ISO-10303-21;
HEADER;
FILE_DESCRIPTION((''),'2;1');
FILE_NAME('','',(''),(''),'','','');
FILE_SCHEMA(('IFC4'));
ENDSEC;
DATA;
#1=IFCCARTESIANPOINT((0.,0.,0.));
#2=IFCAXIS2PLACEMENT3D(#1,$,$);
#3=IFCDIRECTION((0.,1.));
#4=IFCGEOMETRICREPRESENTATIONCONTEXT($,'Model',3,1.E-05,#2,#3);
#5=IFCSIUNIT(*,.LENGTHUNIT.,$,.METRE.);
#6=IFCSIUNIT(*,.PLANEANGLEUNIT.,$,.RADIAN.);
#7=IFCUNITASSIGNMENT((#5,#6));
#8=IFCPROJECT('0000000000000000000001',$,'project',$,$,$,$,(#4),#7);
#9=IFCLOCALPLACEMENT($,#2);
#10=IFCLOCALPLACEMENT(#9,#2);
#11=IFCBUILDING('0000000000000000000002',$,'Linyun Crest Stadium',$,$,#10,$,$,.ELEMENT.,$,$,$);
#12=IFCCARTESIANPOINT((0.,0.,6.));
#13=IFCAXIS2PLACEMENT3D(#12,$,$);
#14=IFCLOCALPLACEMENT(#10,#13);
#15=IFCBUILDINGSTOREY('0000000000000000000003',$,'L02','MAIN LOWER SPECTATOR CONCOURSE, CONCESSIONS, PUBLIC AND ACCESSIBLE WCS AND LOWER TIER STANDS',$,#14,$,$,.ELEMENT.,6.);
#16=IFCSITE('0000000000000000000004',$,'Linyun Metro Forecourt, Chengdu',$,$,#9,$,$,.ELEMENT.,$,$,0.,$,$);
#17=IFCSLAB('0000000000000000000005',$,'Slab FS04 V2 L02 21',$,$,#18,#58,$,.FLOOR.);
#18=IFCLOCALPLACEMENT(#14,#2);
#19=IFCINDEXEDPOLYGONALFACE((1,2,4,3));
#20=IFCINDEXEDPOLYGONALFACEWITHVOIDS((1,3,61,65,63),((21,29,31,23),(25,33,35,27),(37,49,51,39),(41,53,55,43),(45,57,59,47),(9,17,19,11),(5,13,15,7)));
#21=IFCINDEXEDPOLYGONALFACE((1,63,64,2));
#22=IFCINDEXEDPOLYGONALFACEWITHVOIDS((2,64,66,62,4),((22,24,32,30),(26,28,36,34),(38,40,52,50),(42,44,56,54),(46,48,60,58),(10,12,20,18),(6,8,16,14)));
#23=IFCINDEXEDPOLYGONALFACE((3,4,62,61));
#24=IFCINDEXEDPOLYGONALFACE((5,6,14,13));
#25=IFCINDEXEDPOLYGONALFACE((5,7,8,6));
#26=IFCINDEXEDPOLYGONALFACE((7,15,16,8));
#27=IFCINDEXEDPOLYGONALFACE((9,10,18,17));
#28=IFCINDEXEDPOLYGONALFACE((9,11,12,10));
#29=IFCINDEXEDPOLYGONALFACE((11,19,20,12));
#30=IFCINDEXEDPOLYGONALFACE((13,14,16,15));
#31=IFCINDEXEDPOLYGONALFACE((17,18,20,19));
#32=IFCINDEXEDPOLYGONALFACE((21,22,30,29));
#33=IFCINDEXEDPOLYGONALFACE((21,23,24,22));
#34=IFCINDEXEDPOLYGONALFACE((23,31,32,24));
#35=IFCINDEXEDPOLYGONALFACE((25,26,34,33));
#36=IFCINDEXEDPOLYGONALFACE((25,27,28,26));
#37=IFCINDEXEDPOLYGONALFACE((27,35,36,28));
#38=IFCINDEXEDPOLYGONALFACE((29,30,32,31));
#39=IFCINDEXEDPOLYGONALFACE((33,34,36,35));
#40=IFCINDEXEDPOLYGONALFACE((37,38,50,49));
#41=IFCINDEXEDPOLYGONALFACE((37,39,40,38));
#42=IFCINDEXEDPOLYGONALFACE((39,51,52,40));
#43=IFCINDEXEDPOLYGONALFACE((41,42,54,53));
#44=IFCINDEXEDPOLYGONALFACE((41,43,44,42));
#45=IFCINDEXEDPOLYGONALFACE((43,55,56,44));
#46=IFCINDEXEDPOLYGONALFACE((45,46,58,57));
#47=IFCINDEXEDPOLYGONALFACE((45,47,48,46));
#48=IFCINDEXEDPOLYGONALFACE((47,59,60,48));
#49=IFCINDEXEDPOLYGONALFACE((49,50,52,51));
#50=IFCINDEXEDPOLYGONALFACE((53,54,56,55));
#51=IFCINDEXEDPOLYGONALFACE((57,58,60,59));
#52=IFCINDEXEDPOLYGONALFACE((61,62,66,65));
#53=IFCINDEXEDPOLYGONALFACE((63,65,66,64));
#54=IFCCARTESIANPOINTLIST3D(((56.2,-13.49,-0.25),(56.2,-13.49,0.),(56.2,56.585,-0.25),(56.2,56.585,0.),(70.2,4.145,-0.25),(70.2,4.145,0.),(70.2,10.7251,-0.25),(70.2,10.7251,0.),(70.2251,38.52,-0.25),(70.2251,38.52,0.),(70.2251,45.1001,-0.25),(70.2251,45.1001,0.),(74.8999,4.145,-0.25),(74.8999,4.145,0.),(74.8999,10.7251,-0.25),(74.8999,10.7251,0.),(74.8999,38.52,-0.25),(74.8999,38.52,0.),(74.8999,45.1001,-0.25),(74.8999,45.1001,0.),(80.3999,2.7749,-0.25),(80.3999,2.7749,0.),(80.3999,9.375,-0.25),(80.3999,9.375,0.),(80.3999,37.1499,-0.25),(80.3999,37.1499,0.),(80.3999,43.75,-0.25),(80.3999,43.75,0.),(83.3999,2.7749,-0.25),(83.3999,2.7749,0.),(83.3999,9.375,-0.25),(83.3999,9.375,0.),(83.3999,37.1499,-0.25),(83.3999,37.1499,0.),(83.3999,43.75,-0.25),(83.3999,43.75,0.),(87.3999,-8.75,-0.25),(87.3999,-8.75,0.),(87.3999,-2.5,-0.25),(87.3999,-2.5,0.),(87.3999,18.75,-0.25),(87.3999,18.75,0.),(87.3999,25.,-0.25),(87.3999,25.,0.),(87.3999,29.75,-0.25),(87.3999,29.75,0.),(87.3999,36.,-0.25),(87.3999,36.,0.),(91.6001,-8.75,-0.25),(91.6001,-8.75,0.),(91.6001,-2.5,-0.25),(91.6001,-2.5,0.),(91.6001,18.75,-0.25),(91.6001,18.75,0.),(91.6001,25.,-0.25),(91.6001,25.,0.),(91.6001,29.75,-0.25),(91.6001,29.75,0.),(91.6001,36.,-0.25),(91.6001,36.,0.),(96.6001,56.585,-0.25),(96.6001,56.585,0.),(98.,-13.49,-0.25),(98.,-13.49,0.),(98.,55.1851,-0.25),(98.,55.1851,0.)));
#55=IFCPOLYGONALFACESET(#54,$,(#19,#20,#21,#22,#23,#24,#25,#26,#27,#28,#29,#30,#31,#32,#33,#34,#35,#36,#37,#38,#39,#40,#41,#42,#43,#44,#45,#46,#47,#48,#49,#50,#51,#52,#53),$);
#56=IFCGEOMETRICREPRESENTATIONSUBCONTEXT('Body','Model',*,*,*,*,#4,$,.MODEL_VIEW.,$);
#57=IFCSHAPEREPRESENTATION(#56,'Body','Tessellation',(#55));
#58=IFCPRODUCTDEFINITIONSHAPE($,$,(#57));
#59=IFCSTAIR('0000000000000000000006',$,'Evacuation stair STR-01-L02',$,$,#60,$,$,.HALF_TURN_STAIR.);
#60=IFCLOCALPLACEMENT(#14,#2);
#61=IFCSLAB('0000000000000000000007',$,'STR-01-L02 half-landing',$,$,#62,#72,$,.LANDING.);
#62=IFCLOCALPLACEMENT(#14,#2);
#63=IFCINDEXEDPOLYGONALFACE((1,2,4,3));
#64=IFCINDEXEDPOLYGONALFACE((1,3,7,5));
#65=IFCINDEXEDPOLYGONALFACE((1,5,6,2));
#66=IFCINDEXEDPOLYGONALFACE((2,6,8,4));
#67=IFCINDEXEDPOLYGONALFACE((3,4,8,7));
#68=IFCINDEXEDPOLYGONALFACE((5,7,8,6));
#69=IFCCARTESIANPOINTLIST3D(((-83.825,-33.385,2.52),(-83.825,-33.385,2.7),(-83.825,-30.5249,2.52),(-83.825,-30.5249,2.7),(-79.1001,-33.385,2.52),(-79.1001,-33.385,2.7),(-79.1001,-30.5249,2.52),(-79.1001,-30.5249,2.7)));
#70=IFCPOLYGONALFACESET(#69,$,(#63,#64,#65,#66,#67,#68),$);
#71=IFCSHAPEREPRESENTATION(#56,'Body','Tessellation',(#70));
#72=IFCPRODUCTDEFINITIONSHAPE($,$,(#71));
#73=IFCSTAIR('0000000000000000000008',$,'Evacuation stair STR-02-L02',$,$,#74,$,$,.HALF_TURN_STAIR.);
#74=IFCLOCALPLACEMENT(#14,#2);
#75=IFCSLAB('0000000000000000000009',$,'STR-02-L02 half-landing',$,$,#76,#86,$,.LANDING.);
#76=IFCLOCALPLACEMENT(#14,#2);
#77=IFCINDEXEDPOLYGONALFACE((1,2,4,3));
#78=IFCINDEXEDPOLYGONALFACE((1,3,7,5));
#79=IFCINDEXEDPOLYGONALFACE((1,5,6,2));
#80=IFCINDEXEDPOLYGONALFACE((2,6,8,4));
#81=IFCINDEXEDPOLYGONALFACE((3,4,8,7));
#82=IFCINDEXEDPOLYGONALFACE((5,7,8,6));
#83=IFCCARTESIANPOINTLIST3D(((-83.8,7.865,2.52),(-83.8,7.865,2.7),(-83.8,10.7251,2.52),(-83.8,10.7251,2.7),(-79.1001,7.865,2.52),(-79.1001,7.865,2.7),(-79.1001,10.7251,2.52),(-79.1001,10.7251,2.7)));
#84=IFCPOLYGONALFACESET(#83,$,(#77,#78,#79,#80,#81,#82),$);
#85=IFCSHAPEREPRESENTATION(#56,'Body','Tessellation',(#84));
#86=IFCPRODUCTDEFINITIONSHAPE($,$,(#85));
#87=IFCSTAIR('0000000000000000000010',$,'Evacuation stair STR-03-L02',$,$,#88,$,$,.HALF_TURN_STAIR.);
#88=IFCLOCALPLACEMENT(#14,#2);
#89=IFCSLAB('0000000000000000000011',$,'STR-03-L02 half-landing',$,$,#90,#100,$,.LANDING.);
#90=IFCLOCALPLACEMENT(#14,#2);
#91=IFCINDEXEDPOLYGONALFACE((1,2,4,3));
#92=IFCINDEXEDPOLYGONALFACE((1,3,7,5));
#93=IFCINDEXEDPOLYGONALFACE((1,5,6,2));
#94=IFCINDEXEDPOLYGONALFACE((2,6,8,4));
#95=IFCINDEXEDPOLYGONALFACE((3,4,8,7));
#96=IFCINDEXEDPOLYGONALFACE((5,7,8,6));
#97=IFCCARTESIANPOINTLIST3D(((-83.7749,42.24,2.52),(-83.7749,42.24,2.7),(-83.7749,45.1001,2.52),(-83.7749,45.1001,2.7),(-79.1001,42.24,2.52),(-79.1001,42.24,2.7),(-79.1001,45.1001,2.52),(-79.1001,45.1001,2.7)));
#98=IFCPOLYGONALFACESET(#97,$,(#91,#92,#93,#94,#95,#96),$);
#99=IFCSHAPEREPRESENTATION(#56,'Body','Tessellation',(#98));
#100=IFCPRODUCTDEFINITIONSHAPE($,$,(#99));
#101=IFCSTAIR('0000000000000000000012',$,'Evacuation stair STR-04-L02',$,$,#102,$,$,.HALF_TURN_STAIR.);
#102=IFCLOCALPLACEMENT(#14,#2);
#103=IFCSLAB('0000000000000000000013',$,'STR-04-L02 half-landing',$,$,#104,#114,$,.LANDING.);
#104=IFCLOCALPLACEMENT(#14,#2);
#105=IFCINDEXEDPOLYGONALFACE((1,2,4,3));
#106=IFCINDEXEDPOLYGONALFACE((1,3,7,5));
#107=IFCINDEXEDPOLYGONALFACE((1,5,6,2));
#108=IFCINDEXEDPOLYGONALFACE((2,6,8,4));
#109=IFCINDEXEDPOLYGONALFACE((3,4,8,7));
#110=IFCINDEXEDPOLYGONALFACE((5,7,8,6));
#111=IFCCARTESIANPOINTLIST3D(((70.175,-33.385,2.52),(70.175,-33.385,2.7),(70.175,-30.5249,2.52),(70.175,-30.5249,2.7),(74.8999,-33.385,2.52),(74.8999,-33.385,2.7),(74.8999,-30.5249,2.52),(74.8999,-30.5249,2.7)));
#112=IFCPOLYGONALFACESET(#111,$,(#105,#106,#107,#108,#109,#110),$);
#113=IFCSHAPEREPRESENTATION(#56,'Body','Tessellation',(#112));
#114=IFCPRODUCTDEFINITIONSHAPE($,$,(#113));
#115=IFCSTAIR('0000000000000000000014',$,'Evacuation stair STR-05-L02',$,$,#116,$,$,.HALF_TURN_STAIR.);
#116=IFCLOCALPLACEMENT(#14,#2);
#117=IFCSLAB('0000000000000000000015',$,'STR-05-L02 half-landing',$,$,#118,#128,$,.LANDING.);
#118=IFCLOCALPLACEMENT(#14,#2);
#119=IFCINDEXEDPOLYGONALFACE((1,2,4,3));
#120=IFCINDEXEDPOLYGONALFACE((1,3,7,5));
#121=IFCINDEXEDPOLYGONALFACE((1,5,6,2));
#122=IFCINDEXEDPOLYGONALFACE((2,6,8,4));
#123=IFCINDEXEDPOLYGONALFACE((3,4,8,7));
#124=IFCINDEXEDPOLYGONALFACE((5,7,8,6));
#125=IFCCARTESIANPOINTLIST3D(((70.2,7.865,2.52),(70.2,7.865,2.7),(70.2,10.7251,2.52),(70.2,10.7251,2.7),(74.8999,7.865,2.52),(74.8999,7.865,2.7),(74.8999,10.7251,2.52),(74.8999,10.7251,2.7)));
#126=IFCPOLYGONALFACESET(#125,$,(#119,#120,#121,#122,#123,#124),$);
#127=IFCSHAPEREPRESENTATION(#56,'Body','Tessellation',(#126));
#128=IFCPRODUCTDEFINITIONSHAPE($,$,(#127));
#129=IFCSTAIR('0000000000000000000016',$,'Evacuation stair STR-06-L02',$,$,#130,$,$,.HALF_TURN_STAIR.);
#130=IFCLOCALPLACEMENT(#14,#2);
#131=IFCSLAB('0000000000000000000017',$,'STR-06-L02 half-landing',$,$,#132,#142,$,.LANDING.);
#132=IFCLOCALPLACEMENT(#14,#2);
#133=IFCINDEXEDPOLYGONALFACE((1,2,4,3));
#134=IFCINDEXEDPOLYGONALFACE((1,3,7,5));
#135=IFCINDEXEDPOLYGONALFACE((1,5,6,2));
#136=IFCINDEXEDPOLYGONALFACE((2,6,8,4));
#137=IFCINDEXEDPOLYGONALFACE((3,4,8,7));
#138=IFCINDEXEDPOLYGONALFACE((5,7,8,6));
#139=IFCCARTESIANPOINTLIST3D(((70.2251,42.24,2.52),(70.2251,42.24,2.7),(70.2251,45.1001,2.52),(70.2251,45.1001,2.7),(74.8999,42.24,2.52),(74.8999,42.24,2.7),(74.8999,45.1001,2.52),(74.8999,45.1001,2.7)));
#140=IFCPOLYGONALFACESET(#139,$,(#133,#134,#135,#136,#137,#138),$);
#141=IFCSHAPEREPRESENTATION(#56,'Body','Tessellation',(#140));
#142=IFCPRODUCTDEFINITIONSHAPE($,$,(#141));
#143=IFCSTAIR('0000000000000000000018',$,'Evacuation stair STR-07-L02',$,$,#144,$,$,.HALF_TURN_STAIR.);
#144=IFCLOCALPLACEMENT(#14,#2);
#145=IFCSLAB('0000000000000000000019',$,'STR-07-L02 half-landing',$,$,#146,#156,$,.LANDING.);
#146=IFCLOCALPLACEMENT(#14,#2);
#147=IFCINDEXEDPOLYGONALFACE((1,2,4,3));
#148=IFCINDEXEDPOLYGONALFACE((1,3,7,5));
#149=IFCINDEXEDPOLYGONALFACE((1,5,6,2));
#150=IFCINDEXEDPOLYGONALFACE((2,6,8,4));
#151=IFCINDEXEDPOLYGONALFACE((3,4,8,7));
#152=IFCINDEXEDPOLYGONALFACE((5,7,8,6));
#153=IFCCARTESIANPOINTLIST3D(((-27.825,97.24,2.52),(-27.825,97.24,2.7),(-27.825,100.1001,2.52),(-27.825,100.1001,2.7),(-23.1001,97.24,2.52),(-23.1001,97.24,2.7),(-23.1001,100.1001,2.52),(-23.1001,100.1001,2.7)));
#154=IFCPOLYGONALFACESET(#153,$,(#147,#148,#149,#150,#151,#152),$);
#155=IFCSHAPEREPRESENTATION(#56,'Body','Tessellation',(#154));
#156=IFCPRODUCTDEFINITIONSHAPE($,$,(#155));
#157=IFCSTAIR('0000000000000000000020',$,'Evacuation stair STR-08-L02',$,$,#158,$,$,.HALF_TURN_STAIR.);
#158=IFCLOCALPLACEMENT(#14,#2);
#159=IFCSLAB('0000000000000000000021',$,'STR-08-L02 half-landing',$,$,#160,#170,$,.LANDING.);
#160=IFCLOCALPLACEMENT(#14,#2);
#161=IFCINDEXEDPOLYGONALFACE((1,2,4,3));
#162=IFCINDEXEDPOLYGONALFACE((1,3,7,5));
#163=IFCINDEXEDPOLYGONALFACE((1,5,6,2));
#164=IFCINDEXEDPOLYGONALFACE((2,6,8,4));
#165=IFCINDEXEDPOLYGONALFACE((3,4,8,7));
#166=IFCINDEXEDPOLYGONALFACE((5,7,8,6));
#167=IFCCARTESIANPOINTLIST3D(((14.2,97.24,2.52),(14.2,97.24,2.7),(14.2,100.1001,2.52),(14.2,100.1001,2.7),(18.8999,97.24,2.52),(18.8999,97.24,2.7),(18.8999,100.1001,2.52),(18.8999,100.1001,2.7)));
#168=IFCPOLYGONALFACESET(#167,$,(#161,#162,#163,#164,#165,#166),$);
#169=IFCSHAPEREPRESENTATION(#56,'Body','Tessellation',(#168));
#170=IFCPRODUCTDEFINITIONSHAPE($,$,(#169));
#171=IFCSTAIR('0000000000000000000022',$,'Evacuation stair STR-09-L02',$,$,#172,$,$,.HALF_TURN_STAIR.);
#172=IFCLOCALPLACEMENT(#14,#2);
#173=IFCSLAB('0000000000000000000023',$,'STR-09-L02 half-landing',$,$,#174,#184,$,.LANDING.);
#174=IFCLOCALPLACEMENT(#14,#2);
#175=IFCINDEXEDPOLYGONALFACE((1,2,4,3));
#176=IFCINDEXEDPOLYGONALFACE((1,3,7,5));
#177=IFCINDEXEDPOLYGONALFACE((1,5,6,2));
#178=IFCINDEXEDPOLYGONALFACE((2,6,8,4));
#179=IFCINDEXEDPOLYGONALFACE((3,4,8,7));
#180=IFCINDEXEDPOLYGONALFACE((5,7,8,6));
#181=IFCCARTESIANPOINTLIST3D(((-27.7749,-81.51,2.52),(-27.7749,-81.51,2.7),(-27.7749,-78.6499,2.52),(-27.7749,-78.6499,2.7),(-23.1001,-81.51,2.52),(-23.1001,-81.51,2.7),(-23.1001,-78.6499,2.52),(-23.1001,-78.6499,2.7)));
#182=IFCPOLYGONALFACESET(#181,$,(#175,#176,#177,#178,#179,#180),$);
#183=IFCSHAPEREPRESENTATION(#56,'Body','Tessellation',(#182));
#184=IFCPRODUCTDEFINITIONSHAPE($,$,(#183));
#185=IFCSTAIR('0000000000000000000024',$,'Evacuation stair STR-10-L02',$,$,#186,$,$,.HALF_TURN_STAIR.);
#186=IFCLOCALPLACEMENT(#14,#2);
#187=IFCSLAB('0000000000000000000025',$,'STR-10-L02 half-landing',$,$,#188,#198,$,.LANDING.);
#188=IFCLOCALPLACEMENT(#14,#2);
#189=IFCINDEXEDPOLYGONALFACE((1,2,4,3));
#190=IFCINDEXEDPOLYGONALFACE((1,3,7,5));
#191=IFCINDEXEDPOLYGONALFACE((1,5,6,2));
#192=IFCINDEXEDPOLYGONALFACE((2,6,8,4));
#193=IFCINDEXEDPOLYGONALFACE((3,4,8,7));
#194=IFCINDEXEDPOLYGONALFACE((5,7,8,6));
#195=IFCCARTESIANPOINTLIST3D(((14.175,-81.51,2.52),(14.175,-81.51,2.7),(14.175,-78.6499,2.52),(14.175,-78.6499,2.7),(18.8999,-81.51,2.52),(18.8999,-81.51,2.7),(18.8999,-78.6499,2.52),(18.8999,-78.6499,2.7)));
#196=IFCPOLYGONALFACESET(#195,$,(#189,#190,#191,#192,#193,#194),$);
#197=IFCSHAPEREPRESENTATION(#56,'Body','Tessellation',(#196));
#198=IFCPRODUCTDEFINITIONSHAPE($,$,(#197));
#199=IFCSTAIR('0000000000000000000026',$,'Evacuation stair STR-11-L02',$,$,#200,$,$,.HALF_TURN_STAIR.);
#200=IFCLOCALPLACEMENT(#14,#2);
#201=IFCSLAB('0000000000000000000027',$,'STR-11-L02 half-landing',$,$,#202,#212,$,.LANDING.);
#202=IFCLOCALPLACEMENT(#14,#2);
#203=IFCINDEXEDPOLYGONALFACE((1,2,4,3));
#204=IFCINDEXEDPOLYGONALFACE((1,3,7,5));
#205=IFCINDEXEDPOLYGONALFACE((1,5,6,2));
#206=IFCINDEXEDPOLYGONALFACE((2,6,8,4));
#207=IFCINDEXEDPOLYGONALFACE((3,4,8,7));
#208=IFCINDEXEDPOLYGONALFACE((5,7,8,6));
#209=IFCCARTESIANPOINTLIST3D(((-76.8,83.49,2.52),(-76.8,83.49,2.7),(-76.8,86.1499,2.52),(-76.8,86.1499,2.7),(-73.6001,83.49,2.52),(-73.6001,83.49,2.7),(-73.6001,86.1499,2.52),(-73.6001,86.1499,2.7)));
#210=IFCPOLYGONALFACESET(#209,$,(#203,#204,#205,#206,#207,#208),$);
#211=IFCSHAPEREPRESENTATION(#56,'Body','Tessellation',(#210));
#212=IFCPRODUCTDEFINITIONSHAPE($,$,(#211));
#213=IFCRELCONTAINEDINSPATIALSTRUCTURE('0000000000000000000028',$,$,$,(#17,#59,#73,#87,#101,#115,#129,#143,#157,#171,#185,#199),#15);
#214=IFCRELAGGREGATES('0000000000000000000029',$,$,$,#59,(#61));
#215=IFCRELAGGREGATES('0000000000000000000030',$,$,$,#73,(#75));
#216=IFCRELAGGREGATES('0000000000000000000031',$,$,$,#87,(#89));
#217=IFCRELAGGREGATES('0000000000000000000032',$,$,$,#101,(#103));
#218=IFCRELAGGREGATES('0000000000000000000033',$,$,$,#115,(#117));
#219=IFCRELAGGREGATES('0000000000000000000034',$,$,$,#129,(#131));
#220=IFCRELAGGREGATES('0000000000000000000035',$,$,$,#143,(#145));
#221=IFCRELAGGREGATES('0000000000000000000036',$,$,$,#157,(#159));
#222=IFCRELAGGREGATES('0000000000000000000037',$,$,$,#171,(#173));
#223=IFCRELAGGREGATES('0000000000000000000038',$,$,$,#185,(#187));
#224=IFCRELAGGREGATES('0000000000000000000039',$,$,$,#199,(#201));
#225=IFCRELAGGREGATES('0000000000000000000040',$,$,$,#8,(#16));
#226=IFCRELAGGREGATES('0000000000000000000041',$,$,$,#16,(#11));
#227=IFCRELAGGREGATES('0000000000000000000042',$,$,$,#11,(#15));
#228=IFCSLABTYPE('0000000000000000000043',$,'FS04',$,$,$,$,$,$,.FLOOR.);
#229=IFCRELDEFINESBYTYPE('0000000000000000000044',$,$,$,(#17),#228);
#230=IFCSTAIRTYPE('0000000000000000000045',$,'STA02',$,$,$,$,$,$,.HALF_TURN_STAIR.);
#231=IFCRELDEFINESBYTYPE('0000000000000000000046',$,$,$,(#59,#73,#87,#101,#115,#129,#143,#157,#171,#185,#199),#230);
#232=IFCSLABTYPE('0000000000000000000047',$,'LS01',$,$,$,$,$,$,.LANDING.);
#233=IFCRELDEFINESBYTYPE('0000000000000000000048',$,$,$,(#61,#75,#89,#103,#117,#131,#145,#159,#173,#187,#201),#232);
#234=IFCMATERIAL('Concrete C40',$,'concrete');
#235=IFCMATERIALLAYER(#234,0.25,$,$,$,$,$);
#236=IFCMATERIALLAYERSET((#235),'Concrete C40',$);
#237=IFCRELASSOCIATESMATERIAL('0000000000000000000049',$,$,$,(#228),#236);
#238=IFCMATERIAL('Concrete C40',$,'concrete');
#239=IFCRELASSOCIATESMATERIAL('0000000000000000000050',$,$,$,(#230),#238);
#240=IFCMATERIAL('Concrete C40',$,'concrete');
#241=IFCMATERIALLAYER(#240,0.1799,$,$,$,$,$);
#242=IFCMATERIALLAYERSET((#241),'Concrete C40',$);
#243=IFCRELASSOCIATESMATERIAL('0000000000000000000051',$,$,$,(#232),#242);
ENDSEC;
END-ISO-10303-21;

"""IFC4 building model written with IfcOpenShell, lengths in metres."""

from ifc_helpers import new_model, si_unit, direction, frame, origin, place, context, subcontext, project, spatial, polyline, outline, extrude, material, layer, layer_set, type_object, element, aggregate, save


model = new_model("IFC4")

# Units and contexts
model_context = context("Model", 3, precision=1e-05, world=origin(), true_north=direction((0.0, 1.0)))
body_context = subcontext(model_context, "Body", "Model", "MODEL_VIEW")
ifc_project = project(units=[si_unit("LENGTHUNIT", "METRE"), si_unit("PLANEANGLEUNIT", "RADIAN")], contexts=[model_context])

# Site, building, storey
site_placement = place(None, origin())
site = spatial("IfcSite", under=ifc_project, at=site_placement, Name="Linyun Metro Forecourt, Chengdu", CompositionType="ELEMENT", RefElevation=0.0)
building_placement = place(site_placement, origin())
building = spatial("IfcBuilding", under=site, at=building_placement, Name="Linyun Crest Stadium", CompositionType="ELEMENT")
storey_placement = place(building_placement, frame((0.0, 0.0, 6.0)))
storey = spatial("IfcBuildingStorey", under=building, at=storey_placement, Name="L02", Description="MAIN LOWER SPECTATOR CONCOURSE, CONCESSIONS, PUBLIC AND ACCESSIBLE WCS AND LOWER TIER STANDS", CompositionType="ELEMENT", Elevation=6.0)

# Slab
ifc_material_1 = material(Name="Concrete C40", Category="concrete")
ifc_layer_1 = layer(ifc_material_1, 0.25)
ifc_layer_set_1 = layer_set([ifc_layer_1], Name="Concrete C40")
slab_type_1 = type_object("IfcSlabType", Name="FS04", PredefinedType="FLOOR", material=ifc_layer_set_1)
slab_1_placement = place(storey_placement, frame((0.0, 0.0, -0.25)))
element("IfcSlab", 1, at=slab_1_placement, inside=storey, type_object=slab_type_1, Name="Slab FS04 V2 L02 21", PredefinedType="FLOOR", context=body_context, shape_type="SweptSolid", body=[
    extrude(outline(polyline([(56.2, -13.49), (98.0, -13.49), (98.0, 55.1851), (96.6001, 56.585), (56.2, 56.585), (56.2, -13.49)]), holes=[polyline([(70.2, 4.145), (70.2, 10.7251), (74.8999, 10.7251), (74.8999, 4.145), (70.2, 4.145)]), polyline([(80.3999, 2.7749), (80.3999, 9.375), (83.3999, 9.375), (83.3999, 2.7749), (80.3999, 2.7749)]), polyline([(70.2251, 38.52), (70.2251, 45.1001), (74.8999, 45.1001), (74.8999, 38.52), (70.2251, 38.52)]), polyline([(80.3999, 37.1499), (80.3999, 43.75), (83.3999, 43.75), (83.3999, 37.1499), (80.3999, 37.1499)]), polyline([(87.3999, -8.75), (87.3999, -2.5), (91.6001, -2.5), (91.6001, -8.75), (87.3999, -8.75)]), polyline([(87.3999, 18.75), (87.3999, 25.0), (91.6001, 25.0), (91.6001, 18.75), (87.3999, 18.75)]), polyline([(87.3999, 29.75), (87.3999, 36.0), (91.6001, 36.0), (91.6001, 29.75), (87.3999, 29.75)])]), origin(), (0.0, 0.0, 1.0), 0.25),
])

# Stairs, slabs
ifc_material_2 = material(Name="Concrete C40", Category="concrete")
stair_type = type_object("IfcStairType", Name="STA02", PredefinedType="HALF_TURN_STAIR", material=ifc_material_2)
stair_1_placement = place(storey_placement, origin())
stair_1 = element("IfcStair", 2, at=stair_1_placement, inside=storey, type_object=stair_type, Name="Evacuation stair STR-01-L02", PredefinedType="HALF_TURN_STAIR")
ifc_material_3 = material(Name="Concrete C40", Category="concrete")
ifc_layer_2 = layer(ifc_material_3, 0.1799)
ifc_layer_set_2 = layer_set([ifc_layer_2], Name="Concrete C40")
slab_type_2 = type_object("IfcSlabType", Name="LS01", PredefinedType="LANDING", material=ifc_layer_set_2)
slab_2_placement = place(storey_placement, frame((0.0, 0.0, 2.52)))
slab_2 = element("IfcSlab", 3, at=slab_2_placement, type_object=slab_type_2, Name="STR-01-L02 half-landing", PredefinedType="LANDING", context=body_context, shape_type="SweptSolid", body=[
    extrude(outline(polyline([(-83.825, -33.385), (-79.1001, -33.385), (-79.1001, -30.5249), (-83.825, -30.5249), (-83.825, -33.385)])), origin(), (0.0, 0.0, 1.0), 0.1799),
])
aggregate(stair_1, [slab_2])
stair_2_placement = place(storey_placement, origin())
stair_2 = element("IfcStair", 4, at=stair_2_placement, inside=storey, type_object=stair_type, Name="Evacuation stair STR-02-L02", PredefinedType="HALF_TURN_STAIR")
slab_3_placement = place(storey_placement, frame((0.0, 0.0, 2.52)))
slab_3 = element("IfcSlab", 5, at=slab_3_placement, type_object=slab_type_2, Name="STR-02-L02 half-landing", PredefinedType="LANDING", context=body_context, shape_type="SweptSolid", body=[
    extrude(outline(polyline([(-83.8, 7.865), (-79.1001, 7.865), (-79.1001, 10.7251), (-83.8, 10.7251), (-83.8, 7.865)])), origin(), (0.0, 0.0, 1.0), 0.1799),
])
aggregate(stair_2, [slab_3])
stair_3_placement = place(storey_placement, origin())
stair_3 = element("IfcStair", 6, at=stair_3_placement, inside=storey, type_object=stair_type, Name="Evacuation stair STR-03-L02", PredefinedType="HALF_TURN_STAIR")
slab_4_placement = place(storey_placement, frame((0.0, 0.0, 2.52)))
slab_4 = element("IfcSlab", 7, at=slab_4_placement, type_object=slab_type_2, Name="STR-03-L02 half-landing", PredefinedType="LANDING", context=body_context, shape_type="SweptSolid", body=[
    extrude(outline(polyline([(-83.7749, 42.24), (-79.1001, 42.24), (-79.1001, 45.1001), (-83.7749, 45.1001), (-83.7749, 42.24)])), origin(), (0.0, 0.0, 1.0), 0.1799),
])
aggregate(stair_3, [slab_4])
stair_4_placement = place(storey_placement, origin())
stair_4 = element("IfcStair", 8, at=stair_4_placement, inside=storey, type_object=stair_type, Name="Evacuation stair STR-04-L02", PredefinedType="HALF_TURN_STAIR")
slab_5_placement = place(storey_placement, frame((0.0, 0.0, 2.52)))
slab_5 = element("IfcSlab", 9, at=slab_5_placement, type_object=slab_type_2, Name="STR-04-L02 half-landing", PredefinedType="LANDING", context=body_context, shape_type="SweptSolid", body=[
    extrude(outline(polyline([(70.175, -33.385), (74.8999, -33.385), (74.8999, -30.5249), (70.175, -30.5249), (70.175, -33.385)])), origin(), (0.0, 0.0, 1.0), 0.1799),
])
aggregate(stair_4, [slab_5])
stair_5_placement = place(storey_placement, origin())
stair_5 = element("IfcStair", 10, at=stair_5_placement, inside=storey, type_object=stair_type, Name="Evacuation stair STR-05-L02", PredefinedType="HALF_TURN_STAIR")
slab_6_placement = place(storey_placement, frame((0.0, 0.0, 2.52)))
slab_6 = element("IfcSlab", 11, at=slab_6_placement, type_object=slab_type_2, Name="STR-05-L02 half-landing", PredefinedType="LANDING", context=body_context, shape_type="SweptSolid", body=[
    extrude(outline(polyline([(70.2, 7.865), (74.8999, 7.865), (74.8999, 10.7251), (70.2, 10.7251), (70.2, 7.865)])), origin(), (0.0, 0.0, 1.0), 0.1799),
])
aggregate(stair_5, [slab_6])
stair_6_placement = place(storey_placement, origin())
stair_6 = element("IfcStair", 12, at=stair_6_placement, inside=storey, type_object=stair_type, Name="Evacuation stair STR-06-L02", PredefinedType="HALF_TURN_STAIR")
slab_7_placement = place(storey_placement, frame((0.0, 0.0, 2.52)))
slab_7 = element("IfcSlab", 13, at=slab_7_placement, type_object=slab_type_2, Name="STR-06-L02 half-landing", PredefinedType="LANDING", context=body_context, shape_type="SweptSolid", body=[
    extrude(outline(polyline([(70.2251, 42.24), (74.8999, 42.24), (74.8999, 45.1001), (70.2251, 45.1001), (70.2251, 42.24)])), origin(), (0.0, 0.0, 1.0), 0.1799),
])
aggregate(stair_6, [slab_7])
stair_7_placement = place(storey_placement, origin())
stair_7 = element("IfcStair", 14, at=stair_7_placement, inside=storey, type_object=stair_type, Name="Evacuation stair STR-07-L02", PredefinedType="HALF_TURN_STAIR")
slab_8_placement = place(storey_placement, frame((0.0, 0.0, 2.52)))
slab_8 = element("IfcSlab", 15, at=slab_8_placement, type_object=slab_type_2, Name="STR-07-L02 half-landing", PredefinedType="LANDING", context=body_context, shape_type="SweptSolid", body=[
    extrude(outline(polyline([(-27.825, 97.24), (-23.1001, 97.24), (-23.1001, 100.1001), (-27.825, 100.1001), (-27.825, 97.24)])), origin(), (0.0, 0.0, 1.0), 0.1799),
])
aggregate(stair_7, [slab_8])
stair_8_placement = place(storey_placement, origin())
stair_8 = element("IfcStair", 16, at=stair_8_placement, inside=storey, type_object=stair_type, Name="Evacuation stair STR-08-L02", PredefinedType="HALF_TURN_STAIR")
slab_9_placement = place(storey_placement, frame((0.0, 0.0, 2.52)))
slab_9 = element("IfcSlab", 17, at=slab_9_placement, type_object=slab_type_2, Name="STR-08-L02 half-landing", PredefinedType="LANDING", context=body_context, shape_type="SweptSolid", body=[
    extrude(outline(polyline([(14.2, 97.24), (18.8999, 97.24), (18.8999, 100.1001), (14.2, 100.1001), (14.2, 97.24)])), origin(), (0.0, 0.0, 1.0), 0.1799),
])
aggregate(stair_8, [slab_9])
stair_9_placement = place(storey_placement, origin())
stair_9 = element("IfcStair", 18, at=stair_9_placement, inside=storey, type_object=stair_type, Name="Evacuation stair STR-09-L02", PredefinedType="HALF_TURN_STAIR")
slab_10_placement = place(storey_placement, frame((0.0, 0.0, 2.52)))
slab_10 = element("IfcSlab", 19, at=slab_10_placement, type_object=slab_type_2, Name="STR-09-L02 half-landing", PredefinedType="LANDING", context=body_context, shape_type="SweptSolid", body=[
    extrude(outline(polyline([(-27.7749, -81.51), (-23.1001, -81.51), (-23.1001, -78.6499), (-27.7749, -78.6499), (-27.7749, -81.51)])), origin(), (0.0, 0.0, 1.0), 0.1799),
])
aggregate(stair_9, [slab_10])
stair_10_placement = place(storey_placement, origin())
stair_10 = element("IfcStair", 20, at=stair_10_placement, inside=storey, type_object=stair_type, Name="Evacuation stair STR-10-L02", PredefinedType="HALF_TURN_STAIR")
slab_11_placement = place(storey_placement, frame((0.0, 0.0, 2.52)))
slab_11 = element("IfcSlab", 21, at=slab_11_placement, type_object=slab_type_2, Name="STR-10-L02 half-landing", PredefinedType="LANDING", context=body_context, shape_type="SweptSolid", body=[
    extrude(outline(polyline([(14.175, -81.51), (18.8999, -81.51), (18.8999, -78.6499), (14.175, -78.6499), (14.175, -81.51)])), origin(), (0.0, 0.0, 1.0), 0.1799),
])
aggregate(stair_10, [slab_11])
stair_11_placement = place(storey_placement, origin())
stair_11 = element("IfcStair", 22, at=stair_11_placement, inside=storey, type_object=stair_type, Name="Evacuation stair STR-11-L02", PredefinedType="HALF_TURN_STAIR")
slab_12_placement = place(storey_placement, frame((0.0, 0.0, 2.52)))
slab_12 = element("IfcSlab", 23, at=slab_12_placement, type_object=slab_type_2, Name="STR-11-L02 half-landing", PredefinedType="LANDING", context=body_context, shape_type="SweptSolid", body=[
    extrude(outline(polyline([(-76.8, 83.49), (-73.6001, 83.49), (-73.6001, 86.1499), (-76.8, 86.1499), (-76.8, 83.49)])), origin(), (0.0, 0.0, 1.0), 0.1799),
])
aggregate(stair_11, [slab_12])

save(model, "model.ifc")
